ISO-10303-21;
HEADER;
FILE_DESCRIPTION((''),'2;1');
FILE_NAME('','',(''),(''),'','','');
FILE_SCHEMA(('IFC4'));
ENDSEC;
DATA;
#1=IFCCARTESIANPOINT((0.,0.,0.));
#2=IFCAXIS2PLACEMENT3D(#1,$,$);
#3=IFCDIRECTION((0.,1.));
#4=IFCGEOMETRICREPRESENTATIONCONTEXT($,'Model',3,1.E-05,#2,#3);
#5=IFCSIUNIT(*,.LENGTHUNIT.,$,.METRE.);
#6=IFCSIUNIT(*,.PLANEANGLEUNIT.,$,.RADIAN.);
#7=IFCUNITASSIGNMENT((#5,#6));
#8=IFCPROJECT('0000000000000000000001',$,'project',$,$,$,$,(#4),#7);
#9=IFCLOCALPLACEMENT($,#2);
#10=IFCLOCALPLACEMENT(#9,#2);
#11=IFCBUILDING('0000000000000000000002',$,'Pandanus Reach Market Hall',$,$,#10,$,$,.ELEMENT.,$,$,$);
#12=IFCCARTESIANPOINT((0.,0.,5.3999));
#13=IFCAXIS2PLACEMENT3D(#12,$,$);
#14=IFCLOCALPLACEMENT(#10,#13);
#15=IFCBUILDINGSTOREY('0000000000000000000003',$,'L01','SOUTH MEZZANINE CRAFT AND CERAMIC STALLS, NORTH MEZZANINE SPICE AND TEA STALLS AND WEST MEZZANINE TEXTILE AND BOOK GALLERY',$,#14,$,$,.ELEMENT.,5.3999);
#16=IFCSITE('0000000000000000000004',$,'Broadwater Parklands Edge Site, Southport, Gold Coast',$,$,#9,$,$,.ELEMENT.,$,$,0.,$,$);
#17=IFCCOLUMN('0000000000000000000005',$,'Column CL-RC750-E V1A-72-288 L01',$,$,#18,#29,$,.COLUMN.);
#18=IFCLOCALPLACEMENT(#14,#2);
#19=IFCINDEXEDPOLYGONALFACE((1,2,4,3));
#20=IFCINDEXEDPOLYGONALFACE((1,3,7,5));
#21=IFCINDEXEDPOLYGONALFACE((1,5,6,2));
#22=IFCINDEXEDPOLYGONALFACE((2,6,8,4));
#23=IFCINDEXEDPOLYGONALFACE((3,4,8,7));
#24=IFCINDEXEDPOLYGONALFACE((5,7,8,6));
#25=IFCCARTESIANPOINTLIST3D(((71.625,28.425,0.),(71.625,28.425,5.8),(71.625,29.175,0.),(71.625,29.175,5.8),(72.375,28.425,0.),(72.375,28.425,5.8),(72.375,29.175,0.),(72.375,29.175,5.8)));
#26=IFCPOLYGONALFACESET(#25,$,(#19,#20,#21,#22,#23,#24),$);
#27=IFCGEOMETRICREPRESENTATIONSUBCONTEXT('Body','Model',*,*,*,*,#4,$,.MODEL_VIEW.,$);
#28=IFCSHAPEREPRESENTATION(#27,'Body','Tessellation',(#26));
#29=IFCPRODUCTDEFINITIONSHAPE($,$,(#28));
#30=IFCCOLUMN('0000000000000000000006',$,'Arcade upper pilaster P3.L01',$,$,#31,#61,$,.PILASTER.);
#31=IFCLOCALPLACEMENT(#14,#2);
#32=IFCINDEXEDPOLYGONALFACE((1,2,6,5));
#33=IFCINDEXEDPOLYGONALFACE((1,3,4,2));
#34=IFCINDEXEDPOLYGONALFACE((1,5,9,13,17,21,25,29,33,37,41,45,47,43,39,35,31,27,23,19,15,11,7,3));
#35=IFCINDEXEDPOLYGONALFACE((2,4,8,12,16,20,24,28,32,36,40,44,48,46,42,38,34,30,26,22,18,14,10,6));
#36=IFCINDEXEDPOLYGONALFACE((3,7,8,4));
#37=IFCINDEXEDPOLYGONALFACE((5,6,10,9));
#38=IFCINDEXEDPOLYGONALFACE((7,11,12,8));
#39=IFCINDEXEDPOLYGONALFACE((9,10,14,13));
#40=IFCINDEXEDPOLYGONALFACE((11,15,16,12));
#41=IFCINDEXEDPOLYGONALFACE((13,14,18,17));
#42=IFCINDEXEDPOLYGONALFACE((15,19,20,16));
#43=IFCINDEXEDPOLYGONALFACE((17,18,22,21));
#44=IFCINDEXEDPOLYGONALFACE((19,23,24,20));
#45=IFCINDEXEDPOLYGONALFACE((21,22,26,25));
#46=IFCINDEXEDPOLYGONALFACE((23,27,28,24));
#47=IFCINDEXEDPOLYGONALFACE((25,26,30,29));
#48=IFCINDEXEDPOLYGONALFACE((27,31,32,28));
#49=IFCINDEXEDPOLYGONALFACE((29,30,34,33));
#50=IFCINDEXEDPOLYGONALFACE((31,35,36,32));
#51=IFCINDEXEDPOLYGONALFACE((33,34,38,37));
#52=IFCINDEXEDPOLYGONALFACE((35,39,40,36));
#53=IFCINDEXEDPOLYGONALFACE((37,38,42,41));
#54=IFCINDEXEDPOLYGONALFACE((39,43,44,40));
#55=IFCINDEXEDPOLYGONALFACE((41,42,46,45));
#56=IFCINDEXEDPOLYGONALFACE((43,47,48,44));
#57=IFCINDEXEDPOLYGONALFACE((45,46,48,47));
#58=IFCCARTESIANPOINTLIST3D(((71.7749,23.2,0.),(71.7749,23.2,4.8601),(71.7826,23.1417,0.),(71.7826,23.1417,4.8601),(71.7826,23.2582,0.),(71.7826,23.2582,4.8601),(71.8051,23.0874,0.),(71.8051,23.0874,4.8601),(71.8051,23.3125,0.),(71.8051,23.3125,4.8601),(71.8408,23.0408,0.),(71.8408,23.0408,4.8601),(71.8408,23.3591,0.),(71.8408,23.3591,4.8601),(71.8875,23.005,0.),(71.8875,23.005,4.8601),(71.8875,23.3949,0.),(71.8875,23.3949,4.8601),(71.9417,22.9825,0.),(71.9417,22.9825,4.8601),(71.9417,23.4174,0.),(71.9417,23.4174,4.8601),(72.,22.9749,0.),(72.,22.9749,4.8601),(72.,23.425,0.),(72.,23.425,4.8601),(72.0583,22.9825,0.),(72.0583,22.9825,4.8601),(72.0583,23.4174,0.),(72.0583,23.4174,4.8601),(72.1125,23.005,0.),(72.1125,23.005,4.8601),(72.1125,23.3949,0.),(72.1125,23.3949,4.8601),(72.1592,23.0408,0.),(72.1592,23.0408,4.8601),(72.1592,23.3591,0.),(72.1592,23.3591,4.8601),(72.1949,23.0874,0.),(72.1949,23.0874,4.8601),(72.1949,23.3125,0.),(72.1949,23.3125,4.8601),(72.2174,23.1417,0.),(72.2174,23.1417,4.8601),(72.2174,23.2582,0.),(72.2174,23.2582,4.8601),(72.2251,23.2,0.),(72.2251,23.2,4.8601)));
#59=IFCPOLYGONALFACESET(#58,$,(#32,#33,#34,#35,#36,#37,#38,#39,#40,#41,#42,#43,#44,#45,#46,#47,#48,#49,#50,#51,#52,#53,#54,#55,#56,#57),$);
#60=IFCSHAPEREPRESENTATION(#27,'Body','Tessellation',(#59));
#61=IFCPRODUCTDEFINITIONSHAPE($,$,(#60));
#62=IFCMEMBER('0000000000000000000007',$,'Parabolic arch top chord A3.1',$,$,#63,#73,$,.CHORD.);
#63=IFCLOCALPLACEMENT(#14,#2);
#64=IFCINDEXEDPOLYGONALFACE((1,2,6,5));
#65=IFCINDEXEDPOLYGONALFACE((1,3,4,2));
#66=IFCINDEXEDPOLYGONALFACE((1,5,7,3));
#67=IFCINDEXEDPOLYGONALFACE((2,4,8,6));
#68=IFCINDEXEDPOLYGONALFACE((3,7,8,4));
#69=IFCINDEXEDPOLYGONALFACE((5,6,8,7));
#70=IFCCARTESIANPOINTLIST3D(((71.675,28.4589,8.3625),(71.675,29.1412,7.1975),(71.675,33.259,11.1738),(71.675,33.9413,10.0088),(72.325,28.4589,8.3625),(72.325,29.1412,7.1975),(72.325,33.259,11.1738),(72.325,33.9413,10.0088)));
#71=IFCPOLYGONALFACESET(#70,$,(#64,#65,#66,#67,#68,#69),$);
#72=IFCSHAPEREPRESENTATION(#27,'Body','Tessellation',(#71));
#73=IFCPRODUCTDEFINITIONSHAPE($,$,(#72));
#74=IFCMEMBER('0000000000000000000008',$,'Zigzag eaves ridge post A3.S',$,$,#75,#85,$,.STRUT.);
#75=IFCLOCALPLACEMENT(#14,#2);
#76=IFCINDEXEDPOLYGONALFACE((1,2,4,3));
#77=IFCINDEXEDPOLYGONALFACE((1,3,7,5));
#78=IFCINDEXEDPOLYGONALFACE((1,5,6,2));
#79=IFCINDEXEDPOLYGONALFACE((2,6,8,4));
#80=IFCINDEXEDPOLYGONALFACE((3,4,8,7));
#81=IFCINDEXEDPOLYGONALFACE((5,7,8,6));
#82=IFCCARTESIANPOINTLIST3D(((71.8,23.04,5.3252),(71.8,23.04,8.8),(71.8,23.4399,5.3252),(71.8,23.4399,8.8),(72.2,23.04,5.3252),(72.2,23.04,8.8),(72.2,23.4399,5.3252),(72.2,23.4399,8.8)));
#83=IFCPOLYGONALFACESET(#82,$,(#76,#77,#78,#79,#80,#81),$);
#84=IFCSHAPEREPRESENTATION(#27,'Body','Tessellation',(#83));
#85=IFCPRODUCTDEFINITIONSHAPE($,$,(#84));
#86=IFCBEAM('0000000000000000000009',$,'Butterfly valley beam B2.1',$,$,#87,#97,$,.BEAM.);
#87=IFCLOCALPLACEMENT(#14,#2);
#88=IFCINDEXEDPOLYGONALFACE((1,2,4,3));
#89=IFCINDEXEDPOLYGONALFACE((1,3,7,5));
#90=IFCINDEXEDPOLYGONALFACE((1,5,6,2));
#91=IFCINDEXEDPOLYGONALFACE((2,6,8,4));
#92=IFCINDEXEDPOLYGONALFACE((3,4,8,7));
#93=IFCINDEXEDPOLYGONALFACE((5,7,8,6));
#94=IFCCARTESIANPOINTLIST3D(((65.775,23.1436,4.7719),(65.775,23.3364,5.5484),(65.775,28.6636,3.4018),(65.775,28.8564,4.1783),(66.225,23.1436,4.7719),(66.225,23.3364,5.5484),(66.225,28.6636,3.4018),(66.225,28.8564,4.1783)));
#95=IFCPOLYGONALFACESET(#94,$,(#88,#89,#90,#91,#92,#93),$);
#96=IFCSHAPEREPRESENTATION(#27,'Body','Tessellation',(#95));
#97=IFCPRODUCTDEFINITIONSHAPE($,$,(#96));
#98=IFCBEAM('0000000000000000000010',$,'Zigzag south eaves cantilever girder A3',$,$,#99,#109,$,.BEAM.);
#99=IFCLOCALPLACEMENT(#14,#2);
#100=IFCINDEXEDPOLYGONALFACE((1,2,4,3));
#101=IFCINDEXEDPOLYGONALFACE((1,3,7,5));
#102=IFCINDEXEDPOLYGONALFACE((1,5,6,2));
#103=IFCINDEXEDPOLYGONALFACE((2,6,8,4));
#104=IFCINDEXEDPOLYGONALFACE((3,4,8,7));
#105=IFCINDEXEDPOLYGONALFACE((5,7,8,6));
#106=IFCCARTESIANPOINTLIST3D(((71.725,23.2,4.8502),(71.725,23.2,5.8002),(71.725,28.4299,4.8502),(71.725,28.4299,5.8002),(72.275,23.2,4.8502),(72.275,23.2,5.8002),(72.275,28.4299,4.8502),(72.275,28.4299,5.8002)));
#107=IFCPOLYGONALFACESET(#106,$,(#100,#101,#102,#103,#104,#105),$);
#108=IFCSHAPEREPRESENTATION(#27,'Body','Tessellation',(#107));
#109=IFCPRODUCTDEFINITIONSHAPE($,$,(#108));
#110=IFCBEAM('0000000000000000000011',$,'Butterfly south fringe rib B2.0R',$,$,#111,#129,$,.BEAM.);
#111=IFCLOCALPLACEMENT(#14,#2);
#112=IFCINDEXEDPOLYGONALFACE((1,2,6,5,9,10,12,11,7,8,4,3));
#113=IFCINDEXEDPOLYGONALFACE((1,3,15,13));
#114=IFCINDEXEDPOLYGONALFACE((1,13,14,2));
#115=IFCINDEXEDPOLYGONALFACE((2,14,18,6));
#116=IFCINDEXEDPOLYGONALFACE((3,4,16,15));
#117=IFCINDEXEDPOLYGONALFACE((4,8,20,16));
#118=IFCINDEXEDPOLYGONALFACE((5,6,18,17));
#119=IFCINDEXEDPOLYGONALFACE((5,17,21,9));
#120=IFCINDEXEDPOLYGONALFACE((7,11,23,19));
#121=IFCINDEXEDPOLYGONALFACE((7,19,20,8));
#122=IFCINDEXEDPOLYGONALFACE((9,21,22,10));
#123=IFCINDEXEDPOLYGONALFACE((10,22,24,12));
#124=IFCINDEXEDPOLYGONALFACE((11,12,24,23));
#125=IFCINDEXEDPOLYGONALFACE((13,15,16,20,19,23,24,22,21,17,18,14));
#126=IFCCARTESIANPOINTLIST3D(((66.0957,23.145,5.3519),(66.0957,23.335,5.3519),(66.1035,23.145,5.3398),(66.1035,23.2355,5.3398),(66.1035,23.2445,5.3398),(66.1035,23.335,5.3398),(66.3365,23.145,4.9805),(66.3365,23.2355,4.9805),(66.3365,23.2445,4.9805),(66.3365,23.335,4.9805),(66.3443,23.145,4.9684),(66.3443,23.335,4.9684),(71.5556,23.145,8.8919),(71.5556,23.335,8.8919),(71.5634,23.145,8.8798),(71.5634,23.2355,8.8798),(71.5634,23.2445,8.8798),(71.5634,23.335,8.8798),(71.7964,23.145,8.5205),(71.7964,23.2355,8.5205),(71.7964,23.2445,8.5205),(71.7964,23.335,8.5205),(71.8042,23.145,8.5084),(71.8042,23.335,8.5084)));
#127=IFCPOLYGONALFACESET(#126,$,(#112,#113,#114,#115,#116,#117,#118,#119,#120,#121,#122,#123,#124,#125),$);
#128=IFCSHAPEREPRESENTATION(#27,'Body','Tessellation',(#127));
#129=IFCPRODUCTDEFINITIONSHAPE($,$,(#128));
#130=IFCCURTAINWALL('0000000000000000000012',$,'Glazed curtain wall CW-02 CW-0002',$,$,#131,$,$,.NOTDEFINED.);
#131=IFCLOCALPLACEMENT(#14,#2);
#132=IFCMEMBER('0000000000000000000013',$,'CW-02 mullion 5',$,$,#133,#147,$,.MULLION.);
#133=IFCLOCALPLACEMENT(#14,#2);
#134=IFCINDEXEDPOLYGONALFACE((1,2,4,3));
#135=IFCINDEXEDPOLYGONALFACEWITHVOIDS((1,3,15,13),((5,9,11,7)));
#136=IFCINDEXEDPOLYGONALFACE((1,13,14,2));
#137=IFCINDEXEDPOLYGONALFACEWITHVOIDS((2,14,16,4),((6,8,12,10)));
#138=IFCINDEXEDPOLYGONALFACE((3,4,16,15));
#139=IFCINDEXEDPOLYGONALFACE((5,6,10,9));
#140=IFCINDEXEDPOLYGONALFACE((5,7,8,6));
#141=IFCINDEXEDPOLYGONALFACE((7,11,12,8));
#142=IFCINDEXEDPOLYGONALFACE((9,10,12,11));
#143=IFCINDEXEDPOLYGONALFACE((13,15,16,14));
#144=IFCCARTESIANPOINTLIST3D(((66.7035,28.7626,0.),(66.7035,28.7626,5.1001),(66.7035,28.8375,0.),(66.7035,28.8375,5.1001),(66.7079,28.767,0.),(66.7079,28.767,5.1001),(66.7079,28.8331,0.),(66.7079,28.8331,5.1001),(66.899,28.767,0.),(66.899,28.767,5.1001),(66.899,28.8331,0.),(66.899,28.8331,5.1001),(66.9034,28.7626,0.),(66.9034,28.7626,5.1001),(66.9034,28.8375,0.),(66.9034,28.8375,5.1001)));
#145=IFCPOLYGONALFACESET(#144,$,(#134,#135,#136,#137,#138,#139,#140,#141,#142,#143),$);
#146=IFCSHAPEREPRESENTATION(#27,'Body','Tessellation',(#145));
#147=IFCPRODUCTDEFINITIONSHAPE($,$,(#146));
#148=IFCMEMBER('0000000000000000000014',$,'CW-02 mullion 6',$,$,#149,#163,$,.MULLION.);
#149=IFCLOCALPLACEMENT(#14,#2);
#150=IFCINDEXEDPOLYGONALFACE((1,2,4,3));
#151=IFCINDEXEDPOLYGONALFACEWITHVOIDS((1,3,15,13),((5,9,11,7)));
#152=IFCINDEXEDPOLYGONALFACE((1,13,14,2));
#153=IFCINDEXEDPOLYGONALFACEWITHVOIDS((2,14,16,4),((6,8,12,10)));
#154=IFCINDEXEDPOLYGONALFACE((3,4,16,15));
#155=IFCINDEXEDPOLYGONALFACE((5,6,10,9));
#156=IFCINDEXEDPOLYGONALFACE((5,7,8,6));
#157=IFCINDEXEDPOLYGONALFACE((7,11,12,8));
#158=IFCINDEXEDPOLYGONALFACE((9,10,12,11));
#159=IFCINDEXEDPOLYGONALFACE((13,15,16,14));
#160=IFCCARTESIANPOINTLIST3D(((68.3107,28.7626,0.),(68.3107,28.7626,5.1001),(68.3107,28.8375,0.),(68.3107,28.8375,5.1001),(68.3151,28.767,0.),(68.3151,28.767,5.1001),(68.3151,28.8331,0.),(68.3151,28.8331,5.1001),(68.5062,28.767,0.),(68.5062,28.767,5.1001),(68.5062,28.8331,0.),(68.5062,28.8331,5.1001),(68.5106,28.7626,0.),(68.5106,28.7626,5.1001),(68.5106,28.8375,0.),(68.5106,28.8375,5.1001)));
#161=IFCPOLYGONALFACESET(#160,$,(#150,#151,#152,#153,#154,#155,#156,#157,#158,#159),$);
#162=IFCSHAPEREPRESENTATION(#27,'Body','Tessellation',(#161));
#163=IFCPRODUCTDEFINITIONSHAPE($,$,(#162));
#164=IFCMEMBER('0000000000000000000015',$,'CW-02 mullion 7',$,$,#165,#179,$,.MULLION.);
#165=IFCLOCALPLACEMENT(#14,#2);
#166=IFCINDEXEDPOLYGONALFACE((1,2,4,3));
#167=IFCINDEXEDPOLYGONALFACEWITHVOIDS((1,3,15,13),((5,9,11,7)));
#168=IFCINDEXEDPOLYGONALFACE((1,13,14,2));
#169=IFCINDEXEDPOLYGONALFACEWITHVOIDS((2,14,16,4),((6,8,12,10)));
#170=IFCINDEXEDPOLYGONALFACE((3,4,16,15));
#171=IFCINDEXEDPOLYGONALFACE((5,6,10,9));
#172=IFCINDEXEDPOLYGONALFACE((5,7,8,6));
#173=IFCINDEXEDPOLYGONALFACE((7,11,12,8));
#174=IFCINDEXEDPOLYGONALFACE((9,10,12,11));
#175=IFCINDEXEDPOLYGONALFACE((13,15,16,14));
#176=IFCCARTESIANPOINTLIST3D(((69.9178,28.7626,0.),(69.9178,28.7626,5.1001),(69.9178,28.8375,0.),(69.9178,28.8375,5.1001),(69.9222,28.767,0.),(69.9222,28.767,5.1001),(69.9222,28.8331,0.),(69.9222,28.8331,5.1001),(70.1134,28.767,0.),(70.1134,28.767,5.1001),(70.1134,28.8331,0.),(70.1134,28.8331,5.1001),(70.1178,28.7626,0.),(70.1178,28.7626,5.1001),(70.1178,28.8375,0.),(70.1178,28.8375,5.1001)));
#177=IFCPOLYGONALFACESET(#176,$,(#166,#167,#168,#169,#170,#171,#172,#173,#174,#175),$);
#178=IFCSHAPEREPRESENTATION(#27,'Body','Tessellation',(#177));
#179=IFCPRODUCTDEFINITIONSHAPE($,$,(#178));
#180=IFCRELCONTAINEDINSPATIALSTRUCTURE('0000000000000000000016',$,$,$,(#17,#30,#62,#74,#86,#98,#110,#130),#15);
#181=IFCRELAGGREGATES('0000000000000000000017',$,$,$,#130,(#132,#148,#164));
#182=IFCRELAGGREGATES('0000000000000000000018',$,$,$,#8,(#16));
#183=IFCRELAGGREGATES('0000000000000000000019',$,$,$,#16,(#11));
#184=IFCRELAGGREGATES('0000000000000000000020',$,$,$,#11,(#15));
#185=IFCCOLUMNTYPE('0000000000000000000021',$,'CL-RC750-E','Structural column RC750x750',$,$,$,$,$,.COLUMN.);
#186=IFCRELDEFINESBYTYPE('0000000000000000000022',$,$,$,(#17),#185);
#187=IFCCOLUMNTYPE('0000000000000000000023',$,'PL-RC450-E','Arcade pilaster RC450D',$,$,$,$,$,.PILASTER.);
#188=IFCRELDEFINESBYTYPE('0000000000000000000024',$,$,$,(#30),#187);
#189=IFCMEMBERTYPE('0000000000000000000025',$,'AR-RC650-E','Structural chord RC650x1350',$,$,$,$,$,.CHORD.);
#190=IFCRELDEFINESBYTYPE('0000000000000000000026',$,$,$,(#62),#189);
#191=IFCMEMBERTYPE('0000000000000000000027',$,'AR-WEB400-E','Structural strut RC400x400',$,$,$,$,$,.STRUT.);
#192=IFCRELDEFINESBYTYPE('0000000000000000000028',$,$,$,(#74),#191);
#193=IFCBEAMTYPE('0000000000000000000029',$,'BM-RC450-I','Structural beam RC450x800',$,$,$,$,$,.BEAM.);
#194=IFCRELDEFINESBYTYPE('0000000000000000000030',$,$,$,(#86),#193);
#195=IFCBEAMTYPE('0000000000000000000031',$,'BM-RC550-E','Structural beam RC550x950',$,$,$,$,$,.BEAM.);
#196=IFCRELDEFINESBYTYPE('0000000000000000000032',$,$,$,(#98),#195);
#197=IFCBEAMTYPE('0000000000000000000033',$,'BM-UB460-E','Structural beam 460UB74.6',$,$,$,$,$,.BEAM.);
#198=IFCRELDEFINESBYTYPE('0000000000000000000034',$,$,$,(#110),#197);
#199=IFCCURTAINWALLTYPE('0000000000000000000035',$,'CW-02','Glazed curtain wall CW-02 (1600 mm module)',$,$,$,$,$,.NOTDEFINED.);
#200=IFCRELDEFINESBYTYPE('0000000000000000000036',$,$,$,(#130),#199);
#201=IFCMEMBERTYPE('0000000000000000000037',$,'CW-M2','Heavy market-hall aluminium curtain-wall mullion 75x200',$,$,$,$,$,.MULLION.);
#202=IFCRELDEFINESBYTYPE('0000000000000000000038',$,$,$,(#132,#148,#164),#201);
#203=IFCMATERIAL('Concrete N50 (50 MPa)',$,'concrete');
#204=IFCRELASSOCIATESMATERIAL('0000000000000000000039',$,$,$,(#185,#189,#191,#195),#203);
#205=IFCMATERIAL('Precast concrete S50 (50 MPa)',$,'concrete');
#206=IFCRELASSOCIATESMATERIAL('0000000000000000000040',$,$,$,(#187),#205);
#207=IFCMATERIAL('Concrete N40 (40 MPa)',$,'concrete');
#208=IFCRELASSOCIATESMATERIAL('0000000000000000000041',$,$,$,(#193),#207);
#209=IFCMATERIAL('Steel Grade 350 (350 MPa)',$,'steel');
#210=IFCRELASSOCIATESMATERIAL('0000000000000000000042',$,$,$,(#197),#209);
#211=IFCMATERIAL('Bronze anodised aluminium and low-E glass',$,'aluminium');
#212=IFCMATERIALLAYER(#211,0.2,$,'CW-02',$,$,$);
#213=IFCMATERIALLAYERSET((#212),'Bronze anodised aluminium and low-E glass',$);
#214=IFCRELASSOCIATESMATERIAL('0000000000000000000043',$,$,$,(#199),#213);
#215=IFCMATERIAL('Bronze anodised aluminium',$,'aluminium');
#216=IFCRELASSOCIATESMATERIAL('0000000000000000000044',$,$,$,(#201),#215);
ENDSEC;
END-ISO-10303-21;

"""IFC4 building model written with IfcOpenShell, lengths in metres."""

from ifc_helpers import new_model, si_unit, direction, frame, origin, origin_2d, place, context, subcontext, project, spatial, rectangle, hollow_rectangle, circle, i_section, extrude, material, layer, layer_set, material_profile, profile_set, type_object, element, aggregate, save


model = new_model("IFC4")

# Units and contexts
model_context = context("Model", 3, precision=1e-05, world=origin(), true_north=direction((0.0, 1.0)))
body_context = subcontext(model_context, "Body", "Model", "MODEL_VIEW")
ifc_project = project(units=[si_unit("LENGTHUNIT", "METRE"), si_unit("PLANEANGLEUNIT", "RADIAN")], contexts=[model_context])

# Site, building, storey
site_placement = place(None, origin())
site = spatial("IfcSite", under=ifc_project, at=site_placement, Name="Broadwater Parklands Edge Site, Southport, Gold Coast", CompositionType="ELEMENT", RefElevation=0.0)
building_placement = place(site_placement, origin())
building = spatial("IfcBuilding", under=site, at=building_placement, Name="Pandanus Reach Market Hall", CompositionType="ELEMENT")
storey_placement = place(building_placement, frame((0.0, 0.0, 5.3999)))
storey = spatial("IfcBuildingStorey", under=building, at=storey_placement, Name="L01", Description="SOUTH MEZZANINE CRAFT AND CERAMIC STALLS, NORTH MEZZANINE SPICE AND TEA STALLS AND WEST MEZZANINE TEXTILE AND BOOK GALLERY", CompositionType="ELEMENT", Elevation=5.3999)

# Columns
ifc_material_1 = material(Name="Concrete N50 (50 MPa)", Category="concrete")
ifc_material_profile_1 = material_profile(ifc_material_1, rectangle(XDim=0.75, YDim=0.75, at=origin_2d()), Name="RC750x750", Category="LoadBearing")
ifc_profile_set_1 = profile_set([ifc_material_profile_1], Name="Concrete N50 (50 MPa)")
column_type_1 = type_object("IfcColumnType", Name="CL-RC750-E", Description="Structural column RC750x750", PredefinedType="COLUMN", material=ifc_profile_set_1)
column_1_placement = place(storey_placement, frame((72.0, 28.8, 0.0), z_axis=(0.0, 0.0, 1.0), x_axis=(1.0, 0.0, 0.0)))
element("IfcColumn", 1, at=column_1_placement, inside=storey, type_object=column_type_1, Name="Column CL-RC750-E V1A-72-288 L01", PredefinedType="COLUMN", context=body_context, shape_type="SweptSolid", body=[
    extrude(rectangle(XDim=0.75, YDim=0.75, at=origin_2d()), origin(), (0.0, 0.0, 1.0), 5.8),
])
ifc_material_2 = material(Name="Precast concrete S50 (50 MPa)", Category="concrete")
ifc_material_profile_2 = material_profile(ifc_material_2, circle(Radius=0.2251, at=origin_2d()), Name="RC450D", Category="LoadBearing")
ifc_profile_set_2 = profile_set([ifc_material_profile_2], Name="Precast concrete S50 (50 MPa)")
column_type_2 = type_object("IfcColumnType", Name="PL-RC450-E", Description="Arcade pilaster RC450D", PredefinedType="PILASTER", material=ifc_profile_set_2)
column_2_placement = place(storey_placement, frame((72.0, 23.2, 0.0), z_axis=(0.0, 0.0, 1.0), x_axis=(1.0, 0.0, 0.0)))
element("IfcColumn", 2, at=column_2_placement, inside=storey, type_object=column_type_2, Name="Arcade upper pilaster P3.L01", PredefinedType="PILASTER", context=body_context, shape_type="SweptSolid", body=[
    extrude(circle(Radius=0.2251, at=origin_2d()), origin(), (0.0, 0.0, 1.0), 4.8601),
])

# Members
ifc_material_profile_3 = material_profile(ifc_material_1, rectangle(XDim=0.6499, YDim=1.3501, at=origin_2d()), Name="RC650x1350", Category="LoadBearing")
ifc_profile_set_3 = profile_set([ifc_material_profile_3], Name="Concrete N50 (50 MPa)")
member_type_1 = type_object("IfcMemberType", Name="AR-RC650-E", Description="Structural chord RC650x1350", PredefinedType="CHORD", material=ifc_profile_set_3)
member_1_placement = place(storey_placement, frame((72.0, 28.8, 7.78), z_axis=(0.0, 0.862897, 0.505379), x_axis=(-1.0, 0.0, 0.0)))
element("IfcMember", 3, at=member_1_placement, inside=storey, type_object=member_type_1, Name="Parabolic arch top chord A3.1", PredefinedType="CHORD", context=body_context, shape_type="SweptSolid", body=[
    extrude(rectangle(XDim=0.6499, YDim=1.3501, at=origin_2d()), origin(), (0.0, 0.0, 1.0), 5.5627),
])
ifc_material_profile_4 = material_profile(ifc_material_1, rectangle(XDim=0.3999, YDim=0.3999, at=origin_2d()), Name="RC400x400", Category="LoadBearing")
ifc_profile_set_4 = profile_set([ifc_material_profile_4], Name="Concrete N50 (50 MPa)")
member_type_2 = type_object("IfcMemberType", Name="AR-WEB400-E", Description="Structural strut RC400x400", PredefinedType="STRUT", material=ifc_profile_set_4)
member_2_placement = place(storey_placement, frame((72.0, 23.24, 5.3252), z_axis=(0.0, 0.0, 1.0), x_axis=(1.0, 0.0, 0.0)))
element("IfcMember", 4, at=member_2_placement, inside=storey, type_object=member_type_2, Name="Zigzag eaves ridge post A3.S", PredefinedType="STRUT", context=body_context, shape_type="SweptSolid", body=[
    extrude(rectangle(XDim=0.3999, YDim=0.3999, at=origin_2d()), origin(), (0.0, 0.0, 1.0), 3.4749),
])

# Beams
ifc_material_3 = material(Name="Concrete N40 (40 MPa)", Category="concrete")
ifc_material_profile_5 = material_profile(ifc_material_3, rectangle(XDim=0.45, YDim=0.8, at=origin_2d()), Name="RC450x800", Category="LoadBearing")
ifc_profile_set_5 = profile_set([ifc_material_profile_5], Name="Concrete N40 (40 MPa)")
beam_type_1 = type_object("IfcBeamType", Name="BM-RC450-I", Description="Structural beam RC450x800", PredefinedType="BEAM", material=ifc_profile_set_5)
beam_1_placement = place(storey_placement, frame((66.0, 23.24, 5.1602), z_axis=(0.0, 0.97055, -0.240899), x_axis=(-1.0, 0.0, 0.0)))
element("IfcBeam", 5, at=beam_1_placement, inside=storey, type_object=beam_type_1, Name="Butterfly valley beam B2.1", PredefinedType="BEAM", context=body_context, shape_type="SweptSolid", body=[
    extrude(rectangle(XDim=0.45, YDim=0.8, at=origin_2d()), origin(), (0.0, 0.0, 1.0), 5.6875),
])
ifc_material_profile_6 = material_profile(ifc_material_1, rectangle(XDim=0.55, YDim=0.95, at=origin_2d()), Name="RC550x950", Category="LoadBearing")
ifc_profile_set_6 = profile_set([ifc_material_profile_6], Name="Concrete N50 (50 MPa)")
beam_type_2 = type_object("IfcBeamType", Name="BM-RC550-E", Description="Structural beam RC550x950", PredefinedType="BEAM", material=ifc_profile_set_6)
beam_2_placement = place(storey_placement, frame((72.0, 23.2, 5.3252), z_axis=(0.0, 1.0, 0.0), x_axis=(-1.0, 0.0, 0.0)))
element("IfcBeam", 6, at=beam_2_placement, inside=storey, type_object=beam_type_2, Name="Zigzag south eaves cantilever girder A3", PredefinedType="BEAM", context=body_context, shape_type="SweptSolid", body=[
    extrude(rectangle(XDim=0.55, YDim=0.95, at=origin_2d()), origin(), (0.0, 0.0, 1.0), 5.23),
])
ifc_material_4 = material(Name="Steel Grade 350 (350 MPa)", Category="steel")
ifc_material_profile_7 = material_profile(ifc_material_4, i_section(OverallWidth=0.1899, OverallDepth=0.457, WebThickness=0.009, FlangeThickness=0.0144, at=origin_2d()), Name="460UB74.6", Category="LoadBearing")
ifc_profile_set_7 = profile_set([ifc_material_profile_7], Name="Steel Grade 350 (350 MPa)")
beam_type_3 = type_object("IfcBeamType", Name="BM-UB460-E", Description="Structural beam 460UB74.6", PredefinedType="BEAM", material=ifc_profile_set_7)
beam_3_placement = place(storey_placement, frame((66.22, 23.24, 5.1602), z_axis=(0.839071, 0.0, 0.544023), x_axis=(0.0, 1.0, 0.0)))
element("IfcBeam", 7, at=beam_3_placement, inside=storey, type_object=beam_type_3, Name="Butterfly south fringe rib B2.0R", PredefinedType="BEAM", context=body_context, shape_type="SweptSolid", body=[
    extrude(i_section(OverallWidth=0.1899, OverallDepth=0.457, WebThickness=0.009, FlangeThickness=0.0144, at=origin_2d()), origin(), (0.0, 0.0, 1.0), 6.5071),
])

# Curtain wall, members
ifc_material_5 = material(Name="Bronze anodised aluminium and low-E glass", Category="aluminium")
ifc_layer_1 = layer(ifc_material_5, 0.2, Name="CW-02")
ifc_layer_set_1 = layer_set([ifc_layer_1], Name="Bronze anodised aluminium and low-E glass")
curtain_wall_type = type_object("IfcCurtainWallType", Name="CW-02", Description="Glazed curtain wall CW-02 (1600 mm module)", PredefinedType="NOTDEFINED", material=ifc_layer_set_1)
curtain_wall_placement = place(storey_placement, origin())
curtain_wall = element("IfcCurtainWall", 8, at=curtain_wall_placement, inside=storey, type_object=curtain_wall_type, Name="Glazed curtain wall CW-02 CW-0002", PredefinedType="NOTDEFINED")
ifc_material_6 = material(Name="Bronze anodised aluminium", Category="aluminium")
ifc_material_profile_8 = material_profile(ifc_material_6, hollow_rectangle(XDim=0.075, YDim=0.2, WallThickness=0.0044, at=origin_2d()), Name="ALU75x200", Category="LoadBearing")
ifc_profile_set_8 = profile_set([ifc_material_profile_8], Name="Bronze anodised aluminium")
member_type_3 = type_object("IfcMemberType", Name="CW-M2", Description="Heavy market-hall aluminium curtain-wall mullion 75x200", PredefinedType="MULLION", material=ifc_profile_set_8)
member_3_placement = place(storey_placement, frame((66.8035, 28.8, 0.0), z_axis=(0.0, 0.0, 1.0), x_axis=(0.0, 1.0, 0.0)))
member_3 = element("IfcMember", 9, at=member_3_placement, type_object=member_type_3, Name="CW-02 mullion 5", PredefinedType="MULLION", context=body_context, shape_type="SweptSolid", body=[
    extrude(hollow_rectangle(XDim=0.075, YDim=0.2, WallThickness=0.0044, at=origin_2d()), origin(), (0.0, 0.0, 1.0), 5.1001),
])
member_4_placement = place(storey_placement, frame((68.4106, 28.8, 0.0), z_axis=(0.0, 0.0, 1.0), x_axis=(0.0, 1.0, 0.0)))
member_4 = element("IfcMember", 10, at=member_4_placement, type_object=member_type_3, Name="CW-02 mullion 6", PredefinedType="MULLION", context=body_context, shape_type="SweptSolid", body=[
    extrude(hollow_rectangle(XDim=0.075, YDim=0.2, WallThickness=0.0044, at=origin_2d()), origin(), (0.0, 0.0, 1.0), 5.1001),
])
member_5_placement = place(storey_placement, frame((70.0178, 28.8, 0.0), z_axis=(0.0, 0.0, 1.0), x_axis=(0.0, 1.0, 0.0)))
member_5 = element("IfcMember", 11, at=member_5_placement, type_object=member_type_3, Name="CW-02 mullion 7", PredefinedType="MULLION", context=body_context, shape_type="SweptSolid", body=[
    extrude(hollow_rectangle(XDim=0.075, YDim=0.2, WallThickness=0.0044, at=origin_2d()), origin(), (0.0, 0.0, 1.0), 5.1001),
])

aggregate(curtain_wall, [member_3, member_4, member_5])

save(model, "model.ifc")
